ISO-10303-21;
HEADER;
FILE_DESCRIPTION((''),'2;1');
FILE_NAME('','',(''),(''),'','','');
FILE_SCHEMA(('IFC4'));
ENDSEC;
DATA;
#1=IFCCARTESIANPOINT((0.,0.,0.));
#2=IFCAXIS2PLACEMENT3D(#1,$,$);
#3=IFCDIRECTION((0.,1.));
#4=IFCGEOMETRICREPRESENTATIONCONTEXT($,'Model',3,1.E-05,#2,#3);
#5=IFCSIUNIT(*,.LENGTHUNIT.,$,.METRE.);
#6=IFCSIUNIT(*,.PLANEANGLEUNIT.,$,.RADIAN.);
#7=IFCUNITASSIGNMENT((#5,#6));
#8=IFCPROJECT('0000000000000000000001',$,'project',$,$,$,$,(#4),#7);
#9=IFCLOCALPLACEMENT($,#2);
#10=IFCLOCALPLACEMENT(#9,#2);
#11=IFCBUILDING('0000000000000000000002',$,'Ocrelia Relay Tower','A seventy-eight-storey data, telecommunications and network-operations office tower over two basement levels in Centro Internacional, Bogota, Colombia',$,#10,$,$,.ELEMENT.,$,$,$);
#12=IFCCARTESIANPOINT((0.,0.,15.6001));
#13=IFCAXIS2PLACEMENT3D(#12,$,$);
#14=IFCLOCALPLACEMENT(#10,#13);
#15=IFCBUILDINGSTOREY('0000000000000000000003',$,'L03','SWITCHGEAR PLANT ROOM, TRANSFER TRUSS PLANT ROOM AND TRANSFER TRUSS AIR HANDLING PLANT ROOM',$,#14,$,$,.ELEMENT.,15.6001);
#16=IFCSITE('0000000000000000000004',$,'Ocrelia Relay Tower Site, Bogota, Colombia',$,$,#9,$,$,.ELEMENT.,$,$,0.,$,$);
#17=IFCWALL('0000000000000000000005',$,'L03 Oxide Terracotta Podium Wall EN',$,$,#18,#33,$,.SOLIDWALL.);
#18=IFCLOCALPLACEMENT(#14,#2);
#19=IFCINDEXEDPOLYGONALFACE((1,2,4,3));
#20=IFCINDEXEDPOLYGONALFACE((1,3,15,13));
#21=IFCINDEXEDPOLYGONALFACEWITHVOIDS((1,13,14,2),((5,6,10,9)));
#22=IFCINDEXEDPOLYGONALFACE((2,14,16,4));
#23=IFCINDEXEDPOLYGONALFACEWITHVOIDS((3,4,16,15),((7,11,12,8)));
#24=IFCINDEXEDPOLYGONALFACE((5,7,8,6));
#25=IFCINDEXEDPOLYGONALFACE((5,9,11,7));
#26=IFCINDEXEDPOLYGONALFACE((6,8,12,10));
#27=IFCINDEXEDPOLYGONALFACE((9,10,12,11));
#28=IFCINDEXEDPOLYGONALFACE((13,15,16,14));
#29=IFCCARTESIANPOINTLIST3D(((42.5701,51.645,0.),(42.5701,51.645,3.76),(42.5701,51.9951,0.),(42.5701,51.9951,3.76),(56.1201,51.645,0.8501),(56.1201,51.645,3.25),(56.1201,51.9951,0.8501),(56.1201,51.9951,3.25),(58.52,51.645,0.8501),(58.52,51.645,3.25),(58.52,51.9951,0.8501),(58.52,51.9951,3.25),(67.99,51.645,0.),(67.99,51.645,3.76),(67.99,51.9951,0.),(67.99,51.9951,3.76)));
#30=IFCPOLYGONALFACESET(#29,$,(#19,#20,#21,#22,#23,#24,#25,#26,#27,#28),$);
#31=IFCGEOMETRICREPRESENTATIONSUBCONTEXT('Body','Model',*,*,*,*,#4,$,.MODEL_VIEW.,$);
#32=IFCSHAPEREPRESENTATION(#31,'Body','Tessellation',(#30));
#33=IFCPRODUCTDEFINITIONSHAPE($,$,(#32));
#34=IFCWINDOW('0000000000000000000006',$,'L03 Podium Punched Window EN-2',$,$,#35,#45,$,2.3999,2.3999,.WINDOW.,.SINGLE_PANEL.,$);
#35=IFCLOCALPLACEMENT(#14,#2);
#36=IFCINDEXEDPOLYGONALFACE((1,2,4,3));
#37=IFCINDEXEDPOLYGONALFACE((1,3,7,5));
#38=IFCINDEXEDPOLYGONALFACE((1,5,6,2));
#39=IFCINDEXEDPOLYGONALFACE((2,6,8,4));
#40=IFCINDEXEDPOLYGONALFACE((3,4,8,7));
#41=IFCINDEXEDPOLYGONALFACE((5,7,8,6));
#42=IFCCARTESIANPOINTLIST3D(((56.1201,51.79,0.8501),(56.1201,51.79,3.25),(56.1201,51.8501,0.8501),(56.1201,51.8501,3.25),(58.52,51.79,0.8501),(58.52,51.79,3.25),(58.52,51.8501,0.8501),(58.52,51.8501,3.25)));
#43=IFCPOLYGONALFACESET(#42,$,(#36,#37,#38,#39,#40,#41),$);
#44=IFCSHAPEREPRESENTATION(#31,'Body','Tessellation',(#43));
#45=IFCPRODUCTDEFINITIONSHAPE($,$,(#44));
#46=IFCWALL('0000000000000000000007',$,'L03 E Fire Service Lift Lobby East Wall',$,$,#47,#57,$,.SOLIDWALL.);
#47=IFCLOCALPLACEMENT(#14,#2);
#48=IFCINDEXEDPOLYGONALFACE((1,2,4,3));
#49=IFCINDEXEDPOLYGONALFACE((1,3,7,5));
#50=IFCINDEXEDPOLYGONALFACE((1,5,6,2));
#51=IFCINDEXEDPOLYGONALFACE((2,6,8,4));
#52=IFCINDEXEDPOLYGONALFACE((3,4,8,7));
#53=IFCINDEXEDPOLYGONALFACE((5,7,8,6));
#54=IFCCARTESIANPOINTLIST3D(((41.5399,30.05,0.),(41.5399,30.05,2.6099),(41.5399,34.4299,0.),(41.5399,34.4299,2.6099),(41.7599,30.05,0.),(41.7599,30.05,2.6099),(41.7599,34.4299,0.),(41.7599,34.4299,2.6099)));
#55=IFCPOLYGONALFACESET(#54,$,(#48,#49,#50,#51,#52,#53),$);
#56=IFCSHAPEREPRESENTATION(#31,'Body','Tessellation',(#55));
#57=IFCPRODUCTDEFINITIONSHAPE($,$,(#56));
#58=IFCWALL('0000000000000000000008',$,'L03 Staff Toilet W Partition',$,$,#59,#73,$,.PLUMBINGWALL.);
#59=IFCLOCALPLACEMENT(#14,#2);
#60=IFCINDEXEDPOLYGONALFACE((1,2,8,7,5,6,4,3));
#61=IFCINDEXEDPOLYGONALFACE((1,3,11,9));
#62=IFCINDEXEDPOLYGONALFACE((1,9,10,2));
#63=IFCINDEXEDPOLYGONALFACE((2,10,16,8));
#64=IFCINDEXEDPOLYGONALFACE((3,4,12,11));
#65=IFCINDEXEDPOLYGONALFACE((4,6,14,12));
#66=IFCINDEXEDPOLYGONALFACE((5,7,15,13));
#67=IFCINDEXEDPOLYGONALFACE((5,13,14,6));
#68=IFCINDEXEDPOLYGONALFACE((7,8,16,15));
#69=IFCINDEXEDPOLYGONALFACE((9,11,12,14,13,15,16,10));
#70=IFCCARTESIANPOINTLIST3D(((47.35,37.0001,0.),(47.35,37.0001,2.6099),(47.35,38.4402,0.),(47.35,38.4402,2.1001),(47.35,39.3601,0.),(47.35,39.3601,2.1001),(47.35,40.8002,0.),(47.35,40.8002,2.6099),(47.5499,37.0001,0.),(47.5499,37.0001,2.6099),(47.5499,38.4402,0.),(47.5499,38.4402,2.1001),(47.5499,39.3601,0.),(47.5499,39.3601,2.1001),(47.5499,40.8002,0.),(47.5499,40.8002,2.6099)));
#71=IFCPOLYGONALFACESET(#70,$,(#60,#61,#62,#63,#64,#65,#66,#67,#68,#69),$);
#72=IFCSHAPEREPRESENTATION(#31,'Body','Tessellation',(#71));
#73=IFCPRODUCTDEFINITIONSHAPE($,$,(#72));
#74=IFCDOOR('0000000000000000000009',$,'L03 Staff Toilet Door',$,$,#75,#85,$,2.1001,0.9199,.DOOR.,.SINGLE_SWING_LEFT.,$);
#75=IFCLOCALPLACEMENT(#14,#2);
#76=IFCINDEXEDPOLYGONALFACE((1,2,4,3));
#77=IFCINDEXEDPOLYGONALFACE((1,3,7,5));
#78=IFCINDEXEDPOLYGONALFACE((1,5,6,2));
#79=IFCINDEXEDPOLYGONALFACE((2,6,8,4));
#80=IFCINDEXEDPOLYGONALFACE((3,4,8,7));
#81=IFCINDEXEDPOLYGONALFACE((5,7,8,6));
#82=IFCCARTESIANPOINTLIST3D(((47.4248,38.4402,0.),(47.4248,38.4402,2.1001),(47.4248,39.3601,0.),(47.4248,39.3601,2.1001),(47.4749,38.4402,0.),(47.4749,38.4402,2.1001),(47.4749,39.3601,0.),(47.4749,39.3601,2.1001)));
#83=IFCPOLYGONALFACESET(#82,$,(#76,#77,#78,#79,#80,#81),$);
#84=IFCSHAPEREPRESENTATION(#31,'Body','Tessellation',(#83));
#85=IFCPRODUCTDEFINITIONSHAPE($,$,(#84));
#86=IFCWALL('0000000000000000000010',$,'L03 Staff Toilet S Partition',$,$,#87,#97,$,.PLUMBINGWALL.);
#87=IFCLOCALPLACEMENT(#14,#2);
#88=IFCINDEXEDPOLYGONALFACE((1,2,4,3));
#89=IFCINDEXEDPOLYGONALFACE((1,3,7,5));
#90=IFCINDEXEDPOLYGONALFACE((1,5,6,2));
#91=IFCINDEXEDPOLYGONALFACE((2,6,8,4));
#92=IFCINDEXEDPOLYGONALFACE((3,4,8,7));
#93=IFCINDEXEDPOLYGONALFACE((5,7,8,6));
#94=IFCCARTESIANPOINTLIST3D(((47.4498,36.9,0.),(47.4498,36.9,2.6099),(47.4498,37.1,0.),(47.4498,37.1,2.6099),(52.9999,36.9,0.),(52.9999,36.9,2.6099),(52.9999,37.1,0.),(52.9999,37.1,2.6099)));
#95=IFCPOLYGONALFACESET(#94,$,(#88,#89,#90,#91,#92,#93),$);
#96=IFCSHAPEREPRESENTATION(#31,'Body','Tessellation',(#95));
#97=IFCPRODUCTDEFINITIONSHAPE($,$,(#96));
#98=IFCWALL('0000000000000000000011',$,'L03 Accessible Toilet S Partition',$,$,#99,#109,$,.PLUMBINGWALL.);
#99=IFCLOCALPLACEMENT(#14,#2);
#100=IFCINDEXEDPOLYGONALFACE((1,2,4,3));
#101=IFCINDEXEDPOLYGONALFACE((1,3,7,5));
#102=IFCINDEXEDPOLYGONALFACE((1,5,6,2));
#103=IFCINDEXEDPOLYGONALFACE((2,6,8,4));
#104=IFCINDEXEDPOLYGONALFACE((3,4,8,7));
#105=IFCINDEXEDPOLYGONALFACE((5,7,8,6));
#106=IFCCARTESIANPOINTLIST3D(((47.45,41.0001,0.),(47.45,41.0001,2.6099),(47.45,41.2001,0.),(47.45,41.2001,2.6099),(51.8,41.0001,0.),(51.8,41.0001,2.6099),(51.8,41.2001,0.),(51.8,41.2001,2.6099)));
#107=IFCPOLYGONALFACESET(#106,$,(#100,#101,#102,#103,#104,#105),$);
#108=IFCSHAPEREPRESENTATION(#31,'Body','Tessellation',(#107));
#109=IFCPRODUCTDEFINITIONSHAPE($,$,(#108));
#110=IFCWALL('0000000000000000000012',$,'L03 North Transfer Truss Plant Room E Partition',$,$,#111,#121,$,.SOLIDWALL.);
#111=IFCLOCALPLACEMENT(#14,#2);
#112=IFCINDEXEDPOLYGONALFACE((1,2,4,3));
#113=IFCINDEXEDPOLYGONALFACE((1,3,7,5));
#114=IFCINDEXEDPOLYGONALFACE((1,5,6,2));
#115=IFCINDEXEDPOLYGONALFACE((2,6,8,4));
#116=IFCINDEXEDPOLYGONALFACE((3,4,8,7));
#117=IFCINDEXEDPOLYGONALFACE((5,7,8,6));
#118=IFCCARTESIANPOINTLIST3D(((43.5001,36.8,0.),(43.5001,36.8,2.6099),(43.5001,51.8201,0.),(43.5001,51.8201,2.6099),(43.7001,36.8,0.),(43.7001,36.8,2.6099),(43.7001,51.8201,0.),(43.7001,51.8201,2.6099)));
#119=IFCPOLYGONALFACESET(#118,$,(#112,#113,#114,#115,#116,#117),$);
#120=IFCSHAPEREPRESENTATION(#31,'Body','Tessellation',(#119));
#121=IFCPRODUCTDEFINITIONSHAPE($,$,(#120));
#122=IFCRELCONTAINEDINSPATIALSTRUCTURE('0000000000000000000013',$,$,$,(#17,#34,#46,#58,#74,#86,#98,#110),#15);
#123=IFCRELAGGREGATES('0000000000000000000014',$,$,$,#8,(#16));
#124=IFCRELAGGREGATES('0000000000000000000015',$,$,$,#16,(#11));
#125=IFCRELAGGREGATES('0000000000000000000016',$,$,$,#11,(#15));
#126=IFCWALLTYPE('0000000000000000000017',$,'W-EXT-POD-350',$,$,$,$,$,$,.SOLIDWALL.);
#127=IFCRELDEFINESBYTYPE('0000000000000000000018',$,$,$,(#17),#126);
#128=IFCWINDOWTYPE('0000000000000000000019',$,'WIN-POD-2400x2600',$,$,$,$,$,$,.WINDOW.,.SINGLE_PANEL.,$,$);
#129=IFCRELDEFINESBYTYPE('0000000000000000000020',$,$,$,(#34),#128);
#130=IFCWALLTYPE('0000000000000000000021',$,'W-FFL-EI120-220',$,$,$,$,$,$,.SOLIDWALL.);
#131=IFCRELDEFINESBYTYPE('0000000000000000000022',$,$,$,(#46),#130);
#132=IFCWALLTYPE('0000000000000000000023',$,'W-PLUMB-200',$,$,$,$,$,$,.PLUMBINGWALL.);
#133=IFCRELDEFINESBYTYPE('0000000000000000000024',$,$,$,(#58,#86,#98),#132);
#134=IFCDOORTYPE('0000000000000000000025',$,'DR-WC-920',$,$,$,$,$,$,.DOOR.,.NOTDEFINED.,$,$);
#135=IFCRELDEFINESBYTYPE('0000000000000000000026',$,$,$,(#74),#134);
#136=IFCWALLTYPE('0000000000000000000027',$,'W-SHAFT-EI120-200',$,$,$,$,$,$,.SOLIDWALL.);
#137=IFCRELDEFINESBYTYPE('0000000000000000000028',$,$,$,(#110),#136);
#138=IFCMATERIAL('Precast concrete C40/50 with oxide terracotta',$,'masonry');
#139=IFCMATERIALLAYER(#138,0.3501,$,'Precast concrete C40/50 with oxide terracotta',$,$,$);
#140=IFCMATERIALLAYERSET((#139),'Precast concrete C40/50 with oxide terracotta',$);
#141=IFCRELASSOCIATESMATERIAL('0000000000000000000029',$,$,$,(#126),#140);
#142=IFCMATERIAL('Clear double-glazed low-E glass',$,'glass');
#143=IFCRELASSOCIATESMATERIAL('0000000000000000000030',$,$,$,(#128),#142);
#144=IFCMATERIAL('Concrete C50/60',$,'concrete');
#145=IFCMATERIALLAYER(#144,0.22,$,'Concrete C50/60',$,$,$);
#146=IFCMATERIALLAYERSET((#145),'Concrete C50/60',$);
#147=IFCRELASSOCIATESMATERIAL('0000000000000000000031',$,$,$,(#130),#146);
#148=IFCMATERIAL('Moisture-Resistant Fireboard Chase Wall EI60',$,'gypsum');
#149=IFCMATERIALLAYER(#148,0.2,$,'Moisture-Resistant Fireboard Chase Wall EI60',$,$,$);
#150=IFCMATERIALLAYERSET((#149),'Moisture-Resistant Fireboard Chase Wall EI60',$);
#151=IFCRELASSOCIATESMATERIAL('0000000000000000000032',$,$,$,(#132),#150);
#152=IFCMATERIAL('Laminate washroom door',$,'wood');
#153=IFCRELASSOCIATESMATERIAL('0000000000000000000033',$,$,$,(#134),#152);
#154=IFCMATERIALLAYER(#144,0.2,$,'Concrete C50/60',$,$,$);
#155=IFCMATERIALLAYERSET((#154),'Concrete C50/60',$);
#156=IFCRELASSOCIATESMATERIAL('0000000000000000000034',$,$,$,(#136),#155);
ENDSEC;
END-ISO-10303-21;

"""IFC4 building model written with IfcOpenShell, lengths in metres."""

from ifc_helpers import new_model, si_unit, direction, frame, frame_2d, origin, place, context, subcontext, project, spatial, rectangle, extrude, material, layer, layer_set, type_object, element, fill, save


model = new_model("IFC4")

# Units and contexts
model_context = context("Model", 3, precision=1e-05, world=origin(), true_north=direction((0.0, 1.0)))
body_context = subcontext(model_context, "Body", "Model", "MODEL_VIEW")
ifc_project = project(units=[si_unit("LENGTHUNIT", "METRE"), si_unit("PLANEANGLEUNIT", "RADIAN")], contexts=[model_context])

# Site, building, storey
site_placement = place(None, origin())
site = spatial("IfcSite", under=ifc_project, at=site_placement, Name="Ocrelia Relay Tower Site, Bogota, Colombia", CompositionType="ELEMENT", RefElevation=0.0)
building_placement = place(site_placement, origin())
building = spatial("IfcBuilding", under=site, at=building_placement, Name="Ocrelia Relay Tower", Description="A seventy-eight-storey data, telecommunications and network-operations office tower over two basement levels in Centro Internacional, Bogota, Colombia", CompositionType="ELEMENT")
storey_placement = place(building_placement, frame((0.0, 0.0, 15.6001)))
storey = spatial("IfcBuildingStorey", under=building, at=storey_placement, Name="L03", Description="SWITCHGEAR PLANT ROOM, TRANSFER TRUSS PLANT ROOM AND TRANSFER TRUSS AIR HANDLING PLANT ROOM", CompositionType="ELEMENT", Elevation=15.6001)

# Shared definitions
ifc_material_1 = material(Name="Clear double-glazed low-E glass", Category="glass")

# Wall, opening, window
ifc_material_2 = material(Name="Precast concrete C40/50 with oxide terracotta", Category="masonry")
ifc_layer_1 = layer(ifc_material_2, 0.3501, Name="Precast concrete C40/50 with oxide terracotta")
ifc_layer_set_1 = layer_set([ifc_layer_1], Name="Precast concrete C40/50 with oxide terracotta")
wall_type_1 = type_object("IfcWallType", Name="W-EXT-POD-350", PredefinedType="SOLIDWALL", material=ifc_layer_set_1)
wall_1_placement = place(storey_placement, frame((42.5701, 51.8201, 0.0), z_axis=(0.0, 0.0, 1.0), x_axis=(1.0, 0.0, 0.0)))
wall_1 = element("IfcWall", 1, at=wall_1_placement, inside=storey, type_object=wall_type_1, Name="L03 Oxide Terracotta Podium Wall EN", PredefinedType="SOLIDWALL", context=body_context, shape_type="SweptSolid", body=[
    extrude(rectangle(XDim=25.4199, YDim=0.3501, at=frame_2d((12.71, 0.0))), origin(), (0.0, 0.0, 1.0), 3.76),
])
opening_1_placement = place(wall_1_placement, frame((13.55, 0.0, 0.8501)))
opening_1 = element("IfcOpeningElement", 2, at=opening_1_placement, cuts=wall_1, PredefinedType="OPENING", context=body_context, shape_type="SweptSolid", body=[
    extrude(rectangle(XDim=2.3999, YDim=2.3999, at=frame_2d((1.2, 1.2))), frame((0.0, 0.1851, 0.0), z_axis=(0.0, -1.0, 0.0), x_axis=(1.0, 0.0, 0.0)), (0.0, 0.0, 1.0), 0.3701),
])
window_type = type_object("IfcWindowType", Name="WIN-POD-2400x2600", PartitioningType="SINGLE_PANEL", PredefinedType="WINDOW", material=ifc_material_1)
window_placement = place(opening_1_placement, origin())
window = element("IfcWindow", 3, at=window_placement, inside=storey, type_object=window_type, Name="L03 Podium Punched Window EN-2", OverallHeight=2.3999, OverallWidth=2.3999, PartitioningType="SINGLE_PANEL", PredefinedType="WINDOW", context=body_context, shape_type="SweptSolid", body=[
    extrude(rectangle(XDim=2.3999, YDim=2.3999, at=frame_2d((1.2, 1.2))), frame((0.0, 0.03, 0.0), z_axis=(0.0, -1.0, 0.0), x_axis=(1.0, 0.0, 0.0)), (0.0, 0.0, 1.0), 0.0601),
])
fill(opening_1, window)

# Wall
ifc_material_3 = material(Name="Concrete C50/60", Category="concrete")
ifc_layer_2 = layer(ifc_material_3, 0.22, Name="Concrete C50/60")
ifc_layer_set_2 = layer_set([ifc_layer_2], Name="Concrete C50/60")
wall_type_2 = type_object("IfcWallType", Name="W-FFL-EI120-220", PredefinedType="SOLIDWALL", material=ifc_layer_set_2)
wall_2_placement = place(storey_placement, frame((41.6499, 30.05, 0.0), z_axis=(0.0, 0.0, 1.0), x_axis=(0.0, 1.0, 0.0)))
element("IfcWall", 4, at=wall_2_placement, inside=storey, type_object=wall_type_2, Name="L03 E Fire Service Lift Lobby East Wall", PredefinedType="SOLIDWALL", context=body_context, shape_type="SweptSolid", body=[
    extrude(rectangle(XDim=4.3799, YDim=0.22, at=frame_2d((2.1899, 0.0))), origin(), (0.0, 0.0, 1.0), 2.6099),
])

# Wall, opening, door
ifc_material_4 = material(Name="Moisture-Resistant Fireboard Chase Wall EI60", Category="gypsum")
ifc_layer_3 = layer(ifc_material_4, 0.2, Name="Moisture-Resistant Fireboard Chase Wall EI60")
ifc_layer_set_3 = layer_set([ifc_layer_3], Name="Moisture-Resistant Fireboard Chase Wall EI60")
wall_type_3 = type_object("IfcWallType", Name="W-PLUMB-200", PredefinedType="PLUMBINGWALL", material=ifc_layer_set_3)
wall_3_placement = place(storey_placement, frame((47.45, 40.8, 0.0), z_axis=(0.0, 0.0, 1.0), x_axis=(0.0, -1.0, 0.0)))
wall_3 = element("IfcWall", 5, at=wall_3_placement, inside=storey, type_object=wall_type_3, Name="L03 Staff Toilet W Partition", PredefinedType="PLUMBINGWALL", context=body_context, shape_type="SweptSolid", body=[
    extrude(rectangle(XDim=3.8, YDim=0.2, at=frame_2d((1.8999, 0.0))), origin(), (0.0, 0.0, 1.0), 2.6099),
])
opening_2_placement = place(wall_3_placement, frame((1.4399, 0.0, 0.0)))
opening_2 = element("IfcOpeningElement", 6, at=opening_2_placement, cuts=wall_3, PredefinedType="OPENING", context=body_context, shape_type="SweptSolid", body=[
    extrude(rectangle(XDim=0.9199, YDim=2.1001, at=frame_2d((0.46, 1.05))), frame((0.0, 0.1099, 0.0), z_axis=(0.0, -1.0, 0.0), x_axis=(1.0, 0.0, 0.0)), (0.0, 0.0, 1.0), 0.22),
])
ifc_material_5 = material(Name="Laminate washroom door", Category="wood")
door_type_1 = type_object("IfcDoorType", Name="DR-WC-920", OperationType="NOTDEFINED", PredefinedType="DOOR", material=ifc_material_5)
door_1_placement = place(opening_2_placement, origin())
door_1 = element("IfcDoor", 7, at=door_1_placement, inside=storey, type_object=door_type_1, Name="L03 Staff Toilet Door", OperationType="SINGLE_SWING_LEFT", OverallHeight=2.1001, OverallWidth=0.9199, PredefinedType="DOOR", context=body_context, shape_type="SweptSolid", body=[
    extrude(rectangle(XDim=0.9199, YDim=2.1001, at=frame_2d((0.46, 1.05))), frame((0.0, 0.0249, 0.0), z_axis=(0.0, -1.0, 0.0), x_axis=(1.0, 0.0, 0.0)), (0.0, 0.0, 1.0), 0.05),
])
fill(opening_2, door_1)

# Walls
wall_4_placement = place(storey_placement, frame((47.45, 37.0, 0.0), z_axis=(0.0, 0.0, 1.0), x_axis=(1.0, 0.0, 0.0)))
element("IfcWall", 8, at=wall_4_placement, inside=storey, type_object=wall_type_3, Name="L03 Staff Toilet S Partition", PredefinedType="PLUMBINGWALL", context=body_context, shape_type="SweptSolid", body=[
    extrude(rectangle(XDim=5.55, YDim=0.2, at=frame_2d((2.7749, 0.0))), origin(), (0.0, 0.0, 1.0), 2.6099),
])
wall_5_placement = place(storey_placement, frame((47.45, 41.1001, 0.0), z_axis=(0.0, 0.0, 1.0), x_axis=(1.0, 0.0, 0.0)))
element("IfcWall", 9, at=wall_5_placement, inside=storey, type_object=wall_type_3, Name="L03 Accessible Toilet S Partition", PredefinedType="PLUMBINGWALL", context=body_context, shape_type="SweptSolid", body=[
    extrude(rectangle(XDim=4.3501, YDim=0.2, at=frame_2d((2.175, 0.0))), origin(), (0.0, 0.0, 1.0), 2.6099),
])
ifc_layer_4 = layer(ifc_material_3, 0.2, Name="Concrete C50/60")
ifc_layer_set_4 = layer_set([ifc_layer_4], Name="Concrete C50/60")
wall_type_4 = type_object("IfcWallType", Name="W-SHAFT-EI120-200", PredefinedType="SOLIDWALL", material=ifc_layer_set_4)
wall_6_placement = place(storey_placement, frame((43.6001, 36.8, 0.0), z_axis=(0.0, 0.0, 1.0), x_axis=(0.0, 1.0, 0.0)))
element("IfcWall", 10, at=wall_6_placement, inside=storey, type_object=wall_type_4, Name="L03 North Transfer Truss Plant Room E Partition", PredefinedType="SOLIDWALL", context=body_context, shape_type="SweptSolid", body=[
    extrude(rectangle(XDim=15.02, YDim=0.2, at=frame_2d((7.51, 0.0))), origin(), (0.0, 0.0, 1.0), 2.6099),
])

save(model, "model.ifc")
